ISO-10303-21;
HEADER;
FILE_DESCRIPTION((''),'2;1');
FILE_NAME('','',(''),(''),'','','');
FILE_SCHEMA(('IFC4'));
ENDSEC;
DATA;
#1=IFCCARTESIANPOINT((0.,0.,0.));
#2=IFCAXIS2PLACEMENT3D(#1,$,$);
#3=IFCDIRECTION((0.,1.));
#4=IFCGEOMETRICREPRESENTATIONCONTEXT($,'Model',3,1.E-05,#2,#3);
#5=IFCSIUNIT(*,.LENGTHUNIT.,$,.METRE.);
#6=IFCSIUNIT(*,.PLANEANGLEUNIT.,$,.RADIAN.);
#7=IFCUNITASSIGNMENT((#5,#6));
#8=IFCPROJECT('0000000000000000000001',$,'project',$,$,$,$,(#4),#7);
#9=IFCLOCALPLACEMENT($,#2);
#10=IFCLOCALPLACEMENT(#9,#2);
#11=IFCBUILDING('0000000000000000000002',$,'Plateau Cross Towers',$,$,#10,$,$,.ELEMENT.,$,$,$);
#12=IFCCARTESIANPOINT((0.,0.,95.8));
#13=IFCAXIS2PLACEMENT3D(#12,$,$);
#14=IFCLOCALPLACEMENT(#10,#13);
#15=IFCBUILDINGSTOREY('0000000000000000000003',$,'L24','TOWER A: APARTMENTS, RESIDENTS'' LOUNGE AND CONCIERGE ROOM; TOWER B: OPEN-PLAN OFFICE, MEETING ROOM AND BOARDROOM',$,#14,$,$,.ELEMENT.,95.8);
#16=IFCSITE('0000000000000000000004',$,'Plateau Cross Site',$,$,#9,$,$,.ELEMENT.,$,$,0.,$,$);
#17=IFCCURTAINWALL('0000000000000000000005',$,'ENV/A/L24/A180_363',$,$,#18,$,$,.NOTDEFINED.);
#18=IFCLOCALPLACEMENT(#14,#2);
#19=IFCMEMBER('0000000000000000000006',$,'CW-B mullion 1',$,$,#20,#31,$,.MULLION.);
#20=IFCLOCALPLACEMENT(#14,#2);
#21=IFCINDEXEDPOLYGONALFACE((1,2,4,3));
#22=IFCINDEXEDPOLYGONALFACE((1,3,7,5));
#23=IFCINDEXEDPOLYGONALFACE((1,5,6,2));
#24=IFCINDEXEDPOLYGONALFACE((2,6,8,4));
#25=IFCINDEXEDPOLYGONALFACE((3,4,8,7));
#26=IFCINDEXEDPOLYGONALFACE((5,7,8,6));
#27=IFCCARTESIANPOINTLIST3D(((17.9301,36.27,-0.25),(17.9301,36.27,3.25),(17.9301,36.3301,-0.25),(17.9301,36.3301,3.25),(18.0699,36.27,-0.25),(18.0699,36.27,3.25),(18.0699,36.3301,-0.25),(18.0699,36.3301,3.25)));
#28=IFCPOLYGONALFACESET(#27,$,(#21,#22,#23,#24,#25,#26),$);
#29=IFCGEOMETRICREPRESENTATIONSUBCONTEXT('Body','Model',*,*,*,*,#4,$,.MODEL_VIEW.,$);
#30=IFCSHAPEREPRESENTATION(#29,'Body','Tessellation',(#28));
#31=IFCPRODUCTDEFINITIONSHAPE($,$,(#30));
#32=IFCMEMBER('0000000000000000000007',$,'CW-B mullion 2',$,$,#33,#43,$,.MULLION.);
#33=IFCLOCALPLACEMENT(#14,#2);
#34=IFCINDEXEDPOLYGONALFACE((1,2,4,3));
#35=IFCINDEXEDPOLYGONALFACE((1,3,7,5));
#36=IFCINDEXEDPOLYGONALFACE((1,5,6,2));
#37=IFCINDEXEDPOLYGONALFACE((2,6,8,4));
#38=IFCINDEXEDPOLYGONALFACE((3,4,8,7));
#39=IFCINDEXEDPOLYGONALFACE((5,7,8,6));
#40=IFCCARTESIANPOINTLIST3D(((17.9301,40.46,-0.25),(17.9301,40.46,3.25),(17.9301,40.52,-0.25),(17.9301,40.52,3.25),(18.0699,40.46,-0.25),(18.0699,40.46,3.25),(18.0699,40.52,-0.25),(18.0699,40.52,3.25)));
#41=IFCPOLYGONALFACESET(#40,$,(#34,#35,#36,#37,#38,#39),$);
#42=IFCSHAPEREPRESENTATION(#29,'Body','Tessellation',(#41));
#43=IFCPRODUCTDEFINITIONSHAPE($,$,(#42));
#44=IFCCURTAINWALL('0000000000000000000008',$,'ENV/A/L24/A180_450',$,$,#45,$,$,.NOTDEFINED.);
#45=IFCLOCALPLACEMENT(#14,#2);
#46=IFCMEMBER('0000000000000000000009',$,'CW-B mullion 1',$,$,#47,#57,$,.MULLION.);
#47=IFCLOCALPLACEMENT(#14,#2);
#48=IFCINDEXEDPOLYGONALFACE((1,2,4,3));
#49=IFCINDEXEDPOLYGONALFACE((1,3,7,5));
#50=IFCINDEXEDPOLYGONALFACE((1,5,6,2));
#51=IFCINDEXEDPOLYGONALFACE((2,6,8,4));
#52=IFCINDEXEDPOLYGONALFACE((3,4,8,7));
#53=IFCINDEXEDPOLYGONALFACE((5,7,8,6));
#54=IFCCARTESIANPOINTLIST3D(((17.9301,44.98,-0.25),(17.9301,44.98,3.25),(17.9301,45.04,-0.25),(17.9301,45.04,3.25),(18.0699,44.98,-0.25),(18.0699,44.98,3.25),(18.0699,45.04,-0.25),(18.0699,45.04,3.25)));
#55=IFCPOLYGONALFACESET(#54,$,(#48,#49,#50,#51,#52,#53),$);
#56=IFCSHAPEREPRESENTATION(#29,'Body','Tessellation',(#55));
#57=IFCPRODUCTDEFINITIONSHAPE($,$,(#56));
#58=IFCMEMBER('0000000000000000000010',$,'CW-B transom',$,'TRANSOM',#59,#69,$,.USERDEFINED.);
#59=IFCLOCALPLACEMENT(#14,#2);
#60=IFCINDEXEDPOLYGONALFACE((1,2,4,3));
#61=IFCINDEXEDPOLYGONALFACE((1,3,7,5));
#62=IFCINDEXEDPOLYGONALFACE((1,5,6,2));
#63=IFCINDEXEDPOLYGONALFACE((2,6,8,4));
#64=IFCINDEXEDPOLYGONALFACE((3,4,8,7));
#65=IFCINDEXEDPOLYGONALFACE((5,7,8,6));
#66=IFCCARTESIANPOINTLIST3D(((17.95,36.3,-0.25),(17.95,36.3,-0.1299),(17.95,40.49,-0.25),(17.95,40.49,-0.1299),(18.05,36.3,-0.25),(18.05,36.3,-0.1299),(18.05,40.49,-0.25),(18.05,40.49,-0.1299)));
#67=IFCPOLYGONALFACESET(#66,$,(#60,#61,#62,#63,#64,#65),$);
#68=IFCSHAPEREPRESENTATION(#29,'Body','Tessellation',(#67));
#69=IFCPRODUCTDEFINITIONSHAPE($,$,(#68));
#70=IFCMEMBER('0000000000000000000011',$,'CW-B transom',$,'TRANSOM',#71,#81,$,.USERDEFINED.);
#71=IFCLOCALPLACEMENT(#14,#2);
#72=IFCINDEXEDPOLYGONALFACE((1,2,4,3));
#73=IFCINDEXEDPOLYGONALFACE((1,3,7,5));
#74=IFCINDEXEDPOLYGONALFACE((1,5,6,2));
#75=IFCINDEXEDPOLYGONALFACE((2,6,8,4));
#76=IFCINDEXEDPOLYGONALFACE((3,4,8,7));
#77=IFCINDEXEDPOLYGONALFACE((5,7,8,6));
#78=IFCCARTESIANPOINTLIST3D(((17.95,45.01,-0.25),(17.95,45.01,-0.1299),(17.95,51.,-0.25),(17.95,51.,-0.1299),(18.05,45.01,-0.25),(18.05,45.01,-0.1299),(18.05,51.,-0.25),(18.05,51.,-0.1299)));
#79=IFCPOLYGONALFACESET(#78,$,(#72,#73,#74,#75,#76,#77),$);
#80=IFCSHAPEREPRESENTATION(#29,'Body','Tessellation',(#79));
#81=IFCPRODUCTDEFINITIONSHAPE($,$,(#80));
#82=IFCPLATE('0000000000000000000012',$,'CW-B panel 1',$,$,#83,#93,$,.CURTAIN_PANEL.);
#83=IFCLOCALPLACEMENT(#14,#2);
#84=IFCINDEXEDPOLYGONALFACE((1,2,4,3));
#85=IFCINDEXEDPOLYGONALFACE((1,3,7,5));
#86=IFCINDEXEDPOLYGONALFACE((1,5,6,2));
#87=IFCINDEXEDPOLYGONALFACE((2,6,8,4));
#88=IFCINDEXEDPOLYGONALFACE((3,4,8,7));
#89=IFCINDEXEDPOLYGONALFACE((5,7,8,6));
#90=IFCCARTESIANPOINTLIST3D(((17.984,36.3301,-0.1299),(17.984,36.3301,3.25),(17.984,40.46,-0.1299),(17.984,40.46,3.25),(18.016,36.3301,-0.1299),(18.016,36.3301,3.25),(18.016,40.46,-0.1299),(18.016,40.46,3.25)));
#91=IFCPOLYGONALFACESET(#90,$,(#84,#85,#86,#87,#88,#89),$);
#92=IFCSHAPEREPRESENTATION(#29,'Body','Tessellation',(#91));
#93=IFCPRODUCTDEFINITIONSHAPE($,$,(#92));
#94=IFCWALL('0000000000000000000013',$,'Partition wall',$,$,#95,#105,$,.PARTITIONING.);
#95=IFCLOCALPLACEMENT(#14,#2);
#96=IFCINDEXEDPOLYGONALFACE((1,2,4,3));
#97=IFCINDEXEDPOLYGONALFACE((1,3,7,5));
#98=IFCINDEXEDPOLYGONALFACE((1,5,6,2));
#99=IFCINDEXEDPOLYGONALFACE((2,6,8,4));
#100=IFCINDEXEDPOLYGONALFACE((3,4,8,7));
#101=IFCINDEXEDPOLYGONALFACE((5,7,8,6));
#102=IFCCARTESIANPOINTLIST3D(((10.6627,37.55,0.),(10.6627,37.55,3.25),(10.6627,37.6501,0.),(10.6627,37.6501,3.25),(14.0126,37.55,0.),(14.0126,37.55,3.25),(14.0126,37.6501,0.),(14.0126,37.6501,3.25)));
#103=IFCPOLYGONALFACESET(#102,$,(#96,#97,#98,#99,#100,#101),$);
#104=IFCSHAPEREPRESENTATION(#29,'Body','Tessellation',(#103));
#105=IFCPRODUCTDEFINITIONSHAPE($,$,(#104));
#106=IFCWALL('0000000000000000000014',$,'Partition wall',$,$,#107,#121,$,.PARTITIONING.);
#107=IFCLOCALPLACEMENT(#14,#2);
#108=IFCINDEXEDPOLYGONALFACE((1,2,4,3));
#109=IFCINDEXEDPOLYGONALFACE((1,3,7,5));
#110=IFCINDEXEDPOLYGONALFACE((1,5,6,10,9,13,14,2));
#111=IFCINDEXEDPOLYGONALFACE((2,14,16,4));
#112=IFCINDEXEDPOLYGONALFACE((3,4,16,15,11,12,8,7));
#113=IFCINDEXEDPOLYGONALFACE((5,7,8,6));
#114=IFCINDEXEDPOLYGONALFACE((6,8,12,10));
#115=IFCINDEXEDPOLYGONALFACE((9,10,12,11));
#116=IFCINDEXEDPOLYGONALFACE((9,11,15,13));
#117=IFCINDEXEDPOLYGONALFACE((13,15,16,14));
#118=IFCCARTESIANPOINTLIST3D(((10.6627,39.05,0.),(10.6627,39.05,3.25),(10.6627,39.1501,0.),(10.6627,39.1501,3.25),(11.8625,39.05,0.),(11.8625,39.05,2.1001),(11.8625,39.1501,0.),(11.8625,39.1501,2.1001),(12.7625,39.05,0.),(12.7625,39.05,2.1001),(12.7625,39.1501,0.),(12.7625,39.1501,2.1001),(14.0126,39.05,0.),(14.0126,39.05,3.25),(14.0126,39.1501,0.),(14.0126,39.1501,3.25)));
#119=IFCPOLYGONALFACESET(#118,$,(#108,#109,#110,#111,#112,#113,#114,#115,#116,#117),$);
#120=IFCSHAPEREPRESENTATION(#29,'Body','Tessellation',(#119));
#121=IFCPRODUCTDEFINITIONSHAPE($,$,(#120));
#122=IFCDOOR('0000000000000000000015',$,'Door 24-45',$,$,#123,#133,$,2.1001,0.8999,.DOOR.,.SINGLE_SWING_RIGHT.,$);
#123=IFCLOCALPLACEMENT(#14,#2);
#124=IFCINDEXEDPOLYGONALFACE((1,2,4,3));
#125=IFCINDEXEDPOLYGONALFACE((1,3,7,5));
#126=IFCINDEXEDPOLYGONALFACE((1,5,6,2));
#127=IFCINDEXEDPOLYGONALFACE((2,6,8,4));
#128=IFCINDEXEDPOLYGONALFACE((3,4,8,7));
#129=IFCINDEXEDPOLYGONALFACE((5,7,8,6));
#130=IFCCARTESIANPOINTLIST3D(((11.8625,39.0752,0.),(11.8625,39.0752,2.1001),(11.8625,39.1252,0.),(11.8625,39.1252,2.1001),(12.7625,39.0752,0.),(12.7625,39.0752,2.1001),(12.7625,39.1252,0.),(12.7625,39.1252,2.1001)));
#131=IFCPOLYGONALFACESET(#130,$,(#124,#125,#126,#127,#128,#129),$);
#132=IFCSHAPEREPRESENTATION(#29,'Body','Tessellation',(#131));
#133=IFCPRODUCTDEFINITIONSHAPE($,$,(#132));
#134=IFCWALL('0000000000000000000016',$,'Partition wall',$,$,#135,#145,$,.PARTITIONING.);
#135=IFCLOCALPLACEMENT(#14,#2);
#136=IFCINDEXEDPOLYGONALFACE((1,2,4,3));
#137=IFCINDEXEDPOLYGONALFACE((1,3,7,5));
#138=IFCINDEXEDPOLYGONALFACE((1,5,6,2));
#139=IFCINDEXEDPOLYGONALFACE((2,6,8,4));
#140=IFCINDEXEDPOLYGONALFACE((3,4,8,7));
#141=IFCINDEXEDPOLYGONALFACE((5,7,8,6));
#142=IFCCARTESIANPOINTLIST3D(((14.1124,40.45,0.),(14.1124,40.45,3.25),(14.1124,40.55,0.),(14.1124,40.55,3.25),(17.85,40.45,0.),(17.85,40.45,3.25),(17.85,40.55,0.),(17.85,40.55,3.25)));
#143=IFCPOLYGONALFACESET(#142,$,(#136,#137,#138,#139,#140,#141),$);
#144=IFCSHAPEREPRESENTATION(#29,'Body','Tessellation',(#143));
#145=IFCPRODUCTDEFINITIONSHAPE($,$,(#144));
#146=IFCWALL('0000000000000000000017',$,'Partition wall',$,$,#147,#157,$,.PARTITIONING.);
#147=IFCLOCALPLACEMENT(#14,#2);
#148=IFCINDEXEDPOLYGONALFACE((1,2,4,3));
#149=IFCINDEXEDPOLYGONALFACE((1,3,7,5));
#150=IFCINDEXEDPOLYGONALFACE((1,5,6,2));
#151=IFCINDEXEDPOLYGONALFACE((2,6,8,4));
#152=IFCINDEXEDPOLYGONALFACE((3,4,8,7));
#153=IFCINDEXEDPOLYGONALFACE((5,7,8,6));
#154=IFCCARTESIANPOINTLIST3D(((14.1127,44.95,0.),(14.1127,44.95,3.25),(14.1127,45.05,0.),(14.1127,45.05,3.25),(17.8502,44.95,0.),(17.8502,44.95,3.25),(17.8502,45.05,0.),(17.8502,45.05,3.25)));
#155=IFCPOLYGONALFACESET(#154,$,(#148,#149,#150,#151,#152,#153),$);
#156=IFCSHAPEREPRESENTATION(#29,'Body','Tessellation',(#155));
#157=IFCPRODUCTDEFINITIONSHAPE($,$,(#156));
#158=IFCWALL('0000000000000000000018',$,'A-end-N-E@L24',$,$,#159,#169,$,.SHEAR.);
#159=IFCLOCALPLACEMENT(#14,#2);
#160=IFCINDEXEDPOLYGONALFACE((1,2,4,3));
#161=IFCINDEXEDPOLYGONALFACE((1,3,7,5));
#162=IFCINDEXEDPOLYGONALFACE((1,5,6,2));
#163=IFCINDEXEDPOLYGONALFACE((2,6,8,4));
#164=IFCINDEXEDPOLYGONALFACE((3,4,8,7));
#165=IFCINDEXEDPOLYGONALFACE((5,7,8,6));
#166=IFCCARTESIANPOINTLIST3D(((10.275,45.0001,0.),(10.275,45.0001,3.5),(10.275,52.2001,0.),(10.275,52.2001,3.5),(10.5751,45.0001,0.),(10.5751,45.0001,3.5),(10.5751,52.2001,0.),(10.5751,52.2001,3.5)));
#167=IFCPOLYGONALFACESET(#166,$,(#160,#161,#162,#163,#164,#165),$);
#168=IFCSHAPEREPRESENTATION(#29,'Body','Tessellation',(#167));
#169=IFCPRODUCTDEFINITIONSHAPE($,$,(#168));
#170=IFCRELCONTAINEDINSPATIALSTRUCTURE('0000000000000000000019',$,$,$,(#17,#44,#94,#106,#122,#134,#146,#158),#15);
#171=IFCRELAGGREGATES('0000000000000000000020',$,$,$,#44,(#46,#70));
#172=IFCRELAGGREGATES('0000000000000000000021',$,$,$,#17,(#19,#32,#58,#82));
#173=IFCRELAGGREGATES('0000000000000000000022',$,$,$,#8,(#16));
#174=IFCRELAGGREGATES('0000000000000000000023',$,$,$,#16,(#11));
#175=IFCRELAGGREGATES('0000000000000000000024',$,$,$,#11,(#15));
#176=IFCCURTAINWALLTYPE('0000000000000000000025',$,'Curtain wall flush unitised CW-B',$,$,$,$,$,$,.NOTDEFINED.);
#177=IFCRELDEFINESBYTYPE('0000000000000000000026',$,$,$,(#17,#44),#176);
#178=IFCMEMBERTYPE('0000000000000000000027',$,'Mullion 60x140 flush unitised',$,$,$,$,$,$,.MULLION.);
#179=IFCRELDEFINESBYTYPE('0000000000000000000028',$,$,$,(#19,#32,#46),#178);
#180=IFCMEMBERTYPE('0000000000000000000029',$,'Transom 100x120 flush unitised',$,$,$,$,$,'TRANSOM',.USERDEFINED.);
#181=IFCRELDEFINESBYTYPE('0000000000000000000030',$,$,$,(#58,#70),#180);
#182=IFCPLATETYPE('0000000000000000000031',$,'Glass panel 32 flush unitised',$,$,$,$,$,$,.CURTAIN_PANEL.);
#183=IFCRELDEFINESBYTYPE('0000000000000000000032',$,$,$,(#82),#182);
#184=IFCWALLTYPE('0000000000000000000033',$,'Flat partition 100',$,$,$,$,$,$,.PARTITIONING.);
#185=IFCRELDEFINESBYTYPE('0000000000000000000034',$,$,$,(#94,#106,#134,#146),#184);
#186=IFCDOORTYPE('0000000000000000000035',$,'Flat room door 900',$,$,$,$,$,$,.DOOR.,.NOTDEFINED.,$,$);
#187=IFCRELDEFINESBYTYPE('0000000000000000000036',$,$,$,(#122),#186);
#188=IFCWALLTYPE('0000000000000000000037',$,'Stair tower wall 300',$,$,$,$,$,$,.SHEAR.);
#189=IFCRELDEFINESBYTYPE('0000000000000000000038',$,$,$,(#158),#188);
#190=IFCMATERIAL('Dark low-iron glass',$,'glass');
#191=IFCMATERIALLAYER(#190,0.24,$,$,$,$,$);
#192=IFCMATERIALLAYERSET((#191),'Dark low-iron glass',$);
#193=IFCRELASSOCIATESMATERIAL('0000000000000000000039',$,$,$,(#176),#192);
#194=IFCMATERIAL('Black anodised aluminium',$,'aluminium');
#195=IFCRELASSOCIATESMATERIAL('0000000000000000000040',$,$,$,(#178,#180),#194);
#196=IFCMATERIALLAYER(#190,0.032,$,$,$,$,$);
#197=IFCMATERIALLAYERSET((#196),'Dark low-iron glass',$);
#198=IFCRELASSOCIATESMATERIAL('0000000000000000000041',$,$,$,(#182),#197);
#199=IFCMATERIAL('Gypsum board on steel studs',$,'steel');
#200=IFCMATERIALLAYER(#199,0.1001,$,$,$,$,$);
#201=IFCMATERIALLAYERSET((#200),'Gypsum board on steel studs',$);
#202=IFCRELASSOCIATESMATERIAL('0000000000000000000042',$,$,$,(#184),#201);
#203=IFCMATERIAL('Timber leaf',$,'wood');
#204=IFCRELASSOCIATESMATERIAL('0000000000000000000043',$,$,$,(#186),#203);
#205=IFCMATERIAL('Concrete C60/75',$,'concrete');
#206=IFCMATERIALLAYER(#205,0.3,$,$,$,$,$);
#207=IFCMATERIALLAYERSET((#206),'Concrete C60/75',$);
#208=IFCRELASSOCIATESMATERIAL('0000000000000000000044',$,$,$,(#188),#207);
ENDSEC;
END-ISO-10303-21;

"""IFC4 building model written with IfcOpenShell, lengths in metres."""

from ifc_helpers import new_model, si_unit, direction, frame, frame_2d, origin, origin_2d, place, context, subcontext, project, spatial, rectangle, extrude, material, layer, layer_set, material_profile, profile_set, type_object, element, fill, aggregate, save


model = new_model("IFC4")

# Units and contexts
model_context = context("Model", 3, precision=1e-05, world=origin(), true_north=direction((0.0, 1.0)))
body_context = subcontext(model_context, "Body", "Model", "MODEL_VIEW")
ifc_project = project(units=[si_unit("LENGTHUNIT", "METRE"), si_unit("PLANEANGLEUNIT", "RADIAN")], contexts=[model_context])

# Site, building, storey
site_placement = place(None, origin())
site = spatial("IfcSite", under=ifc_project, at=site_placement, Name="Plateau Cross Site", CompositionType="ELEMENT", RefElevation=0.0)
building_placement = place(site_placement, origin())
building = spatial("IfcBuilding", under=site, at=building_placement, Name="Plateau Cross Towers", CompositionType="ELEMENT")
storey_placement = place(building_placement, frame((0.0, 0.0, 95.8)))
storey = spatial("IfcBuildingStorey", under=building, at=storey_placement, Name="L24", Description="TOWER A: APARTMENTS, RESIDENTS' LOUNGE AND CONCIERGE ROOM; TOWER B: OPEN-PLAN OFFICE, MEETING ROOM AND BOARDROOM", CompositionType="ELEMENT", Elevation=95.8)

# Curtain wall, members
ifc_material_1 = material(Name="Dark low-iron glass", Category="glass")
ifc_layer_1 = layer(ifc_material_1, 0.24)
ifc_layer_set_1 = layer_set([ifc_layer_1], Name="Dark low-iron glass")
curtain_wall_type = type_object("IfcCurtainWallType", Name="Curtain wall flush unitised CW-B", PredefinedType="NOTDEFINED", material=ifc_layer_set_1)
curtain_wall_1_placement = place(storey_placement, origin())
curtain_wall_1 = element("IfcCurtainWall", 1, at=curtain_wall_1_placement, inside=storey, type_object=curtain_wall_type, Name="ENV/A/L24/A180_363", PredefinedType="NOTDEFINED")
ifc_material_2 = material(Name="Black anodised aluminium", Category="aluminium")
ifc_material_profile_1 = material_profile(ifc_material_2, rectangle(XDim=0.0601, YDim=0.1399, at=origin_2d()), Name="MULLION 60x140")
ifc_profile_set_1 = profile_set([ifc_material_profile_1], Name="Black anodised aluminium")
member_type_1 = type_object("IfcMemberType", Name="Mullion 60x140 flush unitised", PredefinedType="MULLION", material=ifc_profile_set_1)
member_1_placement = place(storey_placement, frame((18.0, 36.3, -0.25), z_axis=(0.0, 0.0, 1.0), x_axis=(0.0, 1.0, 0.0)))
member_1 = element("IfcMember", 2, at=member_1_placement, type_object=member_type_1, Name="CW-B mullion 1", PredefinedType="MULLION", context=body_context, shape_type="SweptSolid", body=[
    extrude(rectangle(XDim=0.0601, YDim=0.1399, at=origin_2d()), origin(), (0.0, 0.0, 1.0), 3.5),
])
member_2_placement = place(storey_placement, frame((18.0, 40.49, -0.25), z_axis=(0.0, 0.0, 1.0), x_axis=(0.0, 1.0, 0.0)))
member_2 = element("IfcMember", 3, at=member_2_placement, type_object=member_type_1, Name="CW-B mullion 2", PredefinedType="MULLION", context=body_context, shape_type="SweptSolid", body=[
    extrude(rectangle(XDim=0.0601, YDim=0.1399, at=origin_2d()), origin(), (0.0, 0.0, 1.0), 3.5),
])

# Curtain wall, member
curtain_wall_2_placement = place(storey_placement, origin())
curtain_wall_2 = element("IfcCurtainWall", 4, at=curtain_wall_2_placement, inside=storey, type_object=curtain_wall_type, Name="ENV/A/L24/A180_450", PredefinedType="NOTDEFINED")
member_3_placement = place(storey_placement, frame((18.0, 45.01, -0.25), z_axis=(0.0, 0.0, 1.0), x_axis=(0.0, 1.0, 0.0)))
member_3 = element("IfcMember", 5, at=member_3_placement, type_object=member_type_1, Name="CW-B mullion 1", PredefinedType="MULLION", context=body_context, shape_type="SweptSolid", body=[
    extrude(rectangle(XDim=0.0601, YDim=0.1399, at=origin_2d()), origin(), (0.0, 0.0, 1.0), 3.5),
])

# Members
ifc_material_profile_2 = material_profile(ifc_material_2, rectangle(XDim=0.1001, YDim=0.1201, at=origin_2d()), Name="TRANSOM 100x120")
ifc_profile_set_2 = profile_set([ifc_material_profile_2], Name="Black anodised aluminium")
member_type_2 = type_object("IfcMemberType", Name="Transom 100x120 flush unitised", ElementType="TRANSOM", PredefinedType="USERDEFINED", material=ifc_profile_set_2)
member_4_placement = place(storey_placement, frame((18.0, 36.3, -0.1899), z_axis=(0.0, 1.0, 0.0), x_axis=(-1.0, 0.0, 0.0)))
member_4 = element("IfcMember", 6, at=member_4_placement, type_object=member_type_2, Name="CW-B transom", ObjectType="TRANSOM", PredefinedType="USERDEFINED", context=body_context, shape_type="SweptSolid", body=[
    extrude(rectangle(XDim=0.1001, YDim=0.1201, at=origin_2d()), origin(), (0.0, 0.0, 1.0), 4.1899),
])
member_5_placement = place(storey_placement, frame((18.0, 45.01, -0.1899), z_axis=(0.0, 1.0, 0.0), x_axis=(-1.0, 0.0, 0.0)))
member_5 = element("IfcMember", 7, at=member_5_placement, type_object=member_type_2, Name="CW-B transom", ObjectType="TRANSOM", PredefinedType="USERDEFINED", context=body_context, shape_type="SweptSolid", body=[
    extrude(rectangle(XDim=0.1001, YDim=0.1201, at=origin_2d()), origin(), (0.0, 0.0, 1.0), 5.99),
])
aggregate(curtain_wall_2, [member_3, member_5])

# Plate
ifc_layer_2 = layer(ifc_material_1, 0.032)
ifc_layer_set_2 = layer_set([ifc_layer_2], Name="Dark low-iron glass")
plate_type = type_object("IfcPlateType", Name="Glass panel 32 flush unitised", PredefinedType="CURTAIN_PANEL", material=ifc_layer_set_2)
plate_placement = place(storey_placement, frame((18.0, 38.395, -0.1299), z_axis=(0.0, 0.0, 1.0), x_axis=(0.0, 1.0, 0.0)))
plate = element("IfcPlate", 8, at=plate_placement, type_object=plate_type, Name="CW-B panel 1", PredefinedType="CURTAIN_PANEL", context=body_context, shape_type="SweptSolid", body=[
    extrude(rectangle(XDim=4.1299, YDim=0.032, at=origin_2d()), origin(), (0.0, 0.0, 1.0), 3.3799),
])
aggregate(curtain_wall_1, [member_1, member_2, member_4, plate])

# Wall
ifc_material_3 = material(Name="Gypsum board on steel studs", Category="steel")
ifc_layer_3 = layer(ifc_material_3, 0.1001)
ifc_layer_set_3 = layer_set([ifc_layer_3], Name="Gypsum board on steel studs")
wall_type_1 = type_object("IfcWallType", Name="Flat partition 100", PredefinedType="PARTITIONING", material=ifc_layer_set_3)
wall_1_placement = place(storey_placement, frame((14.0125, 37.6001, 0.0), z_axis=(0.0, 0.0, 1.0), x_axis=(-1.0, 0.0, 0.0)))
element("IfcWall", 9, at=wall_1_placement, inside=storey, type_object=wall_type_1, Name="Partition wall", PredefinedType="PARTITIONING", context=body_context, shape_type="SweptSolid", body=[
    extrude(rectangle(XDim=3.3499, YDim=0.1001, at=frame_2d((1.6748, 0.0))), origin(), (0.0, 0.0, 1.0), 3.25),
])

# Wall, opening, door
wall_2_placement = place(storey_placement, frame((14.0125, 39.1001, 0.0), z_axis=(0.0, 0.0, 1.0), x_axis=(-1.0, 0.0, 0.0)))
wall_2 = element("IfcWall", 10, at=wall_2_placement, inside=storey, type_object=wall_type_1, Name="Partition wall", PredefinedType="PARTITIONING", context=body_context, shape_type="SweptSolid", body=[
    extrude(rectangle(XDim=3.3499, YDim=0.1001, at=frame_2d((1.6748, 0.0))), origin(), (0.0, 0.0, 1.0), 3.25),
])
opening_1_placement = place(wall_2_placement, frame((1.25, 0.0, 0.0)))
opening_1 = element("IfcOpeningElement", 11, at=opening_1_placement, cuts=wall_2, PredefinedType="OPENING", context=body_context, shape_type="SweptSolid", body=[
    extrude(rectangle(XDim=0.8999, YDim=2.1001, at=frame_2d((0.45, 1.05))), frame((0.0, 0.0601, 0.0), z_axis=(0.0, -1.0, 0.0), x_axis=(1.0, 0.0, 0.0)), (0.0, 0.0, 1.0), 0.1201),
])
ifc_material_4 = material(Name="Timber leaf", Category="wood")
door_type_1 = type_object("IfcDoorType", Name="Flat room door 900", OperationType="NOTDEFINED", PredefinedType="DOOR", material=ifc_material_4)
door_1_placement = place(opening_1_placement, origin())
door_1 = element("IfcDoor", 12, at=door_1_placement, inside=storey, type_object=door_type_1, Name="Door 24-45", OperationType="SINGLE_SWING_RIGHT", OverallHeight=2.1001, OverallWidth=0.8999, PredefinedType="DOOR", context=body_context, shape_type="SweptSolid", body=[
    extrude(rectangle(XDim=0.8999, YDim=2.1001, at=frame_2d((0.45, 1.05))), frame((0.0, 0.0249, 0.0), z_axis=(0.0, -1.0, 0.0), x_axis=(1.0, 0.0, 0.0)), (0.0, 0.0, 1.0), 0.05),
])
fill(opening_1, door_1)

# Walls
for number, where, z_axis, x_axis, name in (
    (13, (14.1125, 40.5, 0.0), (0.0, 0.0, 1.0), (1.0, 0.0, 0.0), "Partition wall"),
    (14, (17.8501, 45.0, 0.0), (0.0, 0.0, 1.0), (-1.0, 0.0, 0.0), "Partition wall"),
):
    element("IfcWall", number, at=place(storey_placement, frame(where, z_axis=z_axis, x_axis=x_axis)), inside=storey, type_object=wall_type_1, Name=name, PredefinedType="PARTITIONING", context=body_context, shape_type="SweptSolid", body=[
        extrude(rectangle(XDim=3.7375, YDim=0.1001, at=frame_2d((1.8687, 0.0))), origin(), (0.0, 0.0, 1.0), 3.25),
    ])
ifc_material_5 = material(Name="Concrete C60/75", Category="concrete")
ifc_layer_4 = layer(ifc_material_5, 0.3)
ifc_layer_set_4 = layer_set([ifc_layer_4], Name="Concrete C60/75")
wall_type_2 = type_object("IfcWallType", Name="Stair tower wall 300", PredefinedType="SHEAR", material=ifc_layer_set_4)
wall_3_placement = place(storey_placement, frame((10.425, 45.0, 0.0), z_axis=(0.0, 0.0, 1.0), x_axis=(0.0, 1.0, 0.0)))
element("IfcWall", 15, at=wall_3_placement, inside=storey, type_object=wall_type_2, Name="A-end-N-E@L24", PredefinedType="SHEAR", context=body_context, shape_type="SweptSolid", body=[
    extrude(rectangle(XDim=7.2, YDim=0.3, at=frame_2d((3.6001, 0.0))), origin(), (0.0, 0.0, 1.0), 3.5),
])

save(model, "model.ifc")
